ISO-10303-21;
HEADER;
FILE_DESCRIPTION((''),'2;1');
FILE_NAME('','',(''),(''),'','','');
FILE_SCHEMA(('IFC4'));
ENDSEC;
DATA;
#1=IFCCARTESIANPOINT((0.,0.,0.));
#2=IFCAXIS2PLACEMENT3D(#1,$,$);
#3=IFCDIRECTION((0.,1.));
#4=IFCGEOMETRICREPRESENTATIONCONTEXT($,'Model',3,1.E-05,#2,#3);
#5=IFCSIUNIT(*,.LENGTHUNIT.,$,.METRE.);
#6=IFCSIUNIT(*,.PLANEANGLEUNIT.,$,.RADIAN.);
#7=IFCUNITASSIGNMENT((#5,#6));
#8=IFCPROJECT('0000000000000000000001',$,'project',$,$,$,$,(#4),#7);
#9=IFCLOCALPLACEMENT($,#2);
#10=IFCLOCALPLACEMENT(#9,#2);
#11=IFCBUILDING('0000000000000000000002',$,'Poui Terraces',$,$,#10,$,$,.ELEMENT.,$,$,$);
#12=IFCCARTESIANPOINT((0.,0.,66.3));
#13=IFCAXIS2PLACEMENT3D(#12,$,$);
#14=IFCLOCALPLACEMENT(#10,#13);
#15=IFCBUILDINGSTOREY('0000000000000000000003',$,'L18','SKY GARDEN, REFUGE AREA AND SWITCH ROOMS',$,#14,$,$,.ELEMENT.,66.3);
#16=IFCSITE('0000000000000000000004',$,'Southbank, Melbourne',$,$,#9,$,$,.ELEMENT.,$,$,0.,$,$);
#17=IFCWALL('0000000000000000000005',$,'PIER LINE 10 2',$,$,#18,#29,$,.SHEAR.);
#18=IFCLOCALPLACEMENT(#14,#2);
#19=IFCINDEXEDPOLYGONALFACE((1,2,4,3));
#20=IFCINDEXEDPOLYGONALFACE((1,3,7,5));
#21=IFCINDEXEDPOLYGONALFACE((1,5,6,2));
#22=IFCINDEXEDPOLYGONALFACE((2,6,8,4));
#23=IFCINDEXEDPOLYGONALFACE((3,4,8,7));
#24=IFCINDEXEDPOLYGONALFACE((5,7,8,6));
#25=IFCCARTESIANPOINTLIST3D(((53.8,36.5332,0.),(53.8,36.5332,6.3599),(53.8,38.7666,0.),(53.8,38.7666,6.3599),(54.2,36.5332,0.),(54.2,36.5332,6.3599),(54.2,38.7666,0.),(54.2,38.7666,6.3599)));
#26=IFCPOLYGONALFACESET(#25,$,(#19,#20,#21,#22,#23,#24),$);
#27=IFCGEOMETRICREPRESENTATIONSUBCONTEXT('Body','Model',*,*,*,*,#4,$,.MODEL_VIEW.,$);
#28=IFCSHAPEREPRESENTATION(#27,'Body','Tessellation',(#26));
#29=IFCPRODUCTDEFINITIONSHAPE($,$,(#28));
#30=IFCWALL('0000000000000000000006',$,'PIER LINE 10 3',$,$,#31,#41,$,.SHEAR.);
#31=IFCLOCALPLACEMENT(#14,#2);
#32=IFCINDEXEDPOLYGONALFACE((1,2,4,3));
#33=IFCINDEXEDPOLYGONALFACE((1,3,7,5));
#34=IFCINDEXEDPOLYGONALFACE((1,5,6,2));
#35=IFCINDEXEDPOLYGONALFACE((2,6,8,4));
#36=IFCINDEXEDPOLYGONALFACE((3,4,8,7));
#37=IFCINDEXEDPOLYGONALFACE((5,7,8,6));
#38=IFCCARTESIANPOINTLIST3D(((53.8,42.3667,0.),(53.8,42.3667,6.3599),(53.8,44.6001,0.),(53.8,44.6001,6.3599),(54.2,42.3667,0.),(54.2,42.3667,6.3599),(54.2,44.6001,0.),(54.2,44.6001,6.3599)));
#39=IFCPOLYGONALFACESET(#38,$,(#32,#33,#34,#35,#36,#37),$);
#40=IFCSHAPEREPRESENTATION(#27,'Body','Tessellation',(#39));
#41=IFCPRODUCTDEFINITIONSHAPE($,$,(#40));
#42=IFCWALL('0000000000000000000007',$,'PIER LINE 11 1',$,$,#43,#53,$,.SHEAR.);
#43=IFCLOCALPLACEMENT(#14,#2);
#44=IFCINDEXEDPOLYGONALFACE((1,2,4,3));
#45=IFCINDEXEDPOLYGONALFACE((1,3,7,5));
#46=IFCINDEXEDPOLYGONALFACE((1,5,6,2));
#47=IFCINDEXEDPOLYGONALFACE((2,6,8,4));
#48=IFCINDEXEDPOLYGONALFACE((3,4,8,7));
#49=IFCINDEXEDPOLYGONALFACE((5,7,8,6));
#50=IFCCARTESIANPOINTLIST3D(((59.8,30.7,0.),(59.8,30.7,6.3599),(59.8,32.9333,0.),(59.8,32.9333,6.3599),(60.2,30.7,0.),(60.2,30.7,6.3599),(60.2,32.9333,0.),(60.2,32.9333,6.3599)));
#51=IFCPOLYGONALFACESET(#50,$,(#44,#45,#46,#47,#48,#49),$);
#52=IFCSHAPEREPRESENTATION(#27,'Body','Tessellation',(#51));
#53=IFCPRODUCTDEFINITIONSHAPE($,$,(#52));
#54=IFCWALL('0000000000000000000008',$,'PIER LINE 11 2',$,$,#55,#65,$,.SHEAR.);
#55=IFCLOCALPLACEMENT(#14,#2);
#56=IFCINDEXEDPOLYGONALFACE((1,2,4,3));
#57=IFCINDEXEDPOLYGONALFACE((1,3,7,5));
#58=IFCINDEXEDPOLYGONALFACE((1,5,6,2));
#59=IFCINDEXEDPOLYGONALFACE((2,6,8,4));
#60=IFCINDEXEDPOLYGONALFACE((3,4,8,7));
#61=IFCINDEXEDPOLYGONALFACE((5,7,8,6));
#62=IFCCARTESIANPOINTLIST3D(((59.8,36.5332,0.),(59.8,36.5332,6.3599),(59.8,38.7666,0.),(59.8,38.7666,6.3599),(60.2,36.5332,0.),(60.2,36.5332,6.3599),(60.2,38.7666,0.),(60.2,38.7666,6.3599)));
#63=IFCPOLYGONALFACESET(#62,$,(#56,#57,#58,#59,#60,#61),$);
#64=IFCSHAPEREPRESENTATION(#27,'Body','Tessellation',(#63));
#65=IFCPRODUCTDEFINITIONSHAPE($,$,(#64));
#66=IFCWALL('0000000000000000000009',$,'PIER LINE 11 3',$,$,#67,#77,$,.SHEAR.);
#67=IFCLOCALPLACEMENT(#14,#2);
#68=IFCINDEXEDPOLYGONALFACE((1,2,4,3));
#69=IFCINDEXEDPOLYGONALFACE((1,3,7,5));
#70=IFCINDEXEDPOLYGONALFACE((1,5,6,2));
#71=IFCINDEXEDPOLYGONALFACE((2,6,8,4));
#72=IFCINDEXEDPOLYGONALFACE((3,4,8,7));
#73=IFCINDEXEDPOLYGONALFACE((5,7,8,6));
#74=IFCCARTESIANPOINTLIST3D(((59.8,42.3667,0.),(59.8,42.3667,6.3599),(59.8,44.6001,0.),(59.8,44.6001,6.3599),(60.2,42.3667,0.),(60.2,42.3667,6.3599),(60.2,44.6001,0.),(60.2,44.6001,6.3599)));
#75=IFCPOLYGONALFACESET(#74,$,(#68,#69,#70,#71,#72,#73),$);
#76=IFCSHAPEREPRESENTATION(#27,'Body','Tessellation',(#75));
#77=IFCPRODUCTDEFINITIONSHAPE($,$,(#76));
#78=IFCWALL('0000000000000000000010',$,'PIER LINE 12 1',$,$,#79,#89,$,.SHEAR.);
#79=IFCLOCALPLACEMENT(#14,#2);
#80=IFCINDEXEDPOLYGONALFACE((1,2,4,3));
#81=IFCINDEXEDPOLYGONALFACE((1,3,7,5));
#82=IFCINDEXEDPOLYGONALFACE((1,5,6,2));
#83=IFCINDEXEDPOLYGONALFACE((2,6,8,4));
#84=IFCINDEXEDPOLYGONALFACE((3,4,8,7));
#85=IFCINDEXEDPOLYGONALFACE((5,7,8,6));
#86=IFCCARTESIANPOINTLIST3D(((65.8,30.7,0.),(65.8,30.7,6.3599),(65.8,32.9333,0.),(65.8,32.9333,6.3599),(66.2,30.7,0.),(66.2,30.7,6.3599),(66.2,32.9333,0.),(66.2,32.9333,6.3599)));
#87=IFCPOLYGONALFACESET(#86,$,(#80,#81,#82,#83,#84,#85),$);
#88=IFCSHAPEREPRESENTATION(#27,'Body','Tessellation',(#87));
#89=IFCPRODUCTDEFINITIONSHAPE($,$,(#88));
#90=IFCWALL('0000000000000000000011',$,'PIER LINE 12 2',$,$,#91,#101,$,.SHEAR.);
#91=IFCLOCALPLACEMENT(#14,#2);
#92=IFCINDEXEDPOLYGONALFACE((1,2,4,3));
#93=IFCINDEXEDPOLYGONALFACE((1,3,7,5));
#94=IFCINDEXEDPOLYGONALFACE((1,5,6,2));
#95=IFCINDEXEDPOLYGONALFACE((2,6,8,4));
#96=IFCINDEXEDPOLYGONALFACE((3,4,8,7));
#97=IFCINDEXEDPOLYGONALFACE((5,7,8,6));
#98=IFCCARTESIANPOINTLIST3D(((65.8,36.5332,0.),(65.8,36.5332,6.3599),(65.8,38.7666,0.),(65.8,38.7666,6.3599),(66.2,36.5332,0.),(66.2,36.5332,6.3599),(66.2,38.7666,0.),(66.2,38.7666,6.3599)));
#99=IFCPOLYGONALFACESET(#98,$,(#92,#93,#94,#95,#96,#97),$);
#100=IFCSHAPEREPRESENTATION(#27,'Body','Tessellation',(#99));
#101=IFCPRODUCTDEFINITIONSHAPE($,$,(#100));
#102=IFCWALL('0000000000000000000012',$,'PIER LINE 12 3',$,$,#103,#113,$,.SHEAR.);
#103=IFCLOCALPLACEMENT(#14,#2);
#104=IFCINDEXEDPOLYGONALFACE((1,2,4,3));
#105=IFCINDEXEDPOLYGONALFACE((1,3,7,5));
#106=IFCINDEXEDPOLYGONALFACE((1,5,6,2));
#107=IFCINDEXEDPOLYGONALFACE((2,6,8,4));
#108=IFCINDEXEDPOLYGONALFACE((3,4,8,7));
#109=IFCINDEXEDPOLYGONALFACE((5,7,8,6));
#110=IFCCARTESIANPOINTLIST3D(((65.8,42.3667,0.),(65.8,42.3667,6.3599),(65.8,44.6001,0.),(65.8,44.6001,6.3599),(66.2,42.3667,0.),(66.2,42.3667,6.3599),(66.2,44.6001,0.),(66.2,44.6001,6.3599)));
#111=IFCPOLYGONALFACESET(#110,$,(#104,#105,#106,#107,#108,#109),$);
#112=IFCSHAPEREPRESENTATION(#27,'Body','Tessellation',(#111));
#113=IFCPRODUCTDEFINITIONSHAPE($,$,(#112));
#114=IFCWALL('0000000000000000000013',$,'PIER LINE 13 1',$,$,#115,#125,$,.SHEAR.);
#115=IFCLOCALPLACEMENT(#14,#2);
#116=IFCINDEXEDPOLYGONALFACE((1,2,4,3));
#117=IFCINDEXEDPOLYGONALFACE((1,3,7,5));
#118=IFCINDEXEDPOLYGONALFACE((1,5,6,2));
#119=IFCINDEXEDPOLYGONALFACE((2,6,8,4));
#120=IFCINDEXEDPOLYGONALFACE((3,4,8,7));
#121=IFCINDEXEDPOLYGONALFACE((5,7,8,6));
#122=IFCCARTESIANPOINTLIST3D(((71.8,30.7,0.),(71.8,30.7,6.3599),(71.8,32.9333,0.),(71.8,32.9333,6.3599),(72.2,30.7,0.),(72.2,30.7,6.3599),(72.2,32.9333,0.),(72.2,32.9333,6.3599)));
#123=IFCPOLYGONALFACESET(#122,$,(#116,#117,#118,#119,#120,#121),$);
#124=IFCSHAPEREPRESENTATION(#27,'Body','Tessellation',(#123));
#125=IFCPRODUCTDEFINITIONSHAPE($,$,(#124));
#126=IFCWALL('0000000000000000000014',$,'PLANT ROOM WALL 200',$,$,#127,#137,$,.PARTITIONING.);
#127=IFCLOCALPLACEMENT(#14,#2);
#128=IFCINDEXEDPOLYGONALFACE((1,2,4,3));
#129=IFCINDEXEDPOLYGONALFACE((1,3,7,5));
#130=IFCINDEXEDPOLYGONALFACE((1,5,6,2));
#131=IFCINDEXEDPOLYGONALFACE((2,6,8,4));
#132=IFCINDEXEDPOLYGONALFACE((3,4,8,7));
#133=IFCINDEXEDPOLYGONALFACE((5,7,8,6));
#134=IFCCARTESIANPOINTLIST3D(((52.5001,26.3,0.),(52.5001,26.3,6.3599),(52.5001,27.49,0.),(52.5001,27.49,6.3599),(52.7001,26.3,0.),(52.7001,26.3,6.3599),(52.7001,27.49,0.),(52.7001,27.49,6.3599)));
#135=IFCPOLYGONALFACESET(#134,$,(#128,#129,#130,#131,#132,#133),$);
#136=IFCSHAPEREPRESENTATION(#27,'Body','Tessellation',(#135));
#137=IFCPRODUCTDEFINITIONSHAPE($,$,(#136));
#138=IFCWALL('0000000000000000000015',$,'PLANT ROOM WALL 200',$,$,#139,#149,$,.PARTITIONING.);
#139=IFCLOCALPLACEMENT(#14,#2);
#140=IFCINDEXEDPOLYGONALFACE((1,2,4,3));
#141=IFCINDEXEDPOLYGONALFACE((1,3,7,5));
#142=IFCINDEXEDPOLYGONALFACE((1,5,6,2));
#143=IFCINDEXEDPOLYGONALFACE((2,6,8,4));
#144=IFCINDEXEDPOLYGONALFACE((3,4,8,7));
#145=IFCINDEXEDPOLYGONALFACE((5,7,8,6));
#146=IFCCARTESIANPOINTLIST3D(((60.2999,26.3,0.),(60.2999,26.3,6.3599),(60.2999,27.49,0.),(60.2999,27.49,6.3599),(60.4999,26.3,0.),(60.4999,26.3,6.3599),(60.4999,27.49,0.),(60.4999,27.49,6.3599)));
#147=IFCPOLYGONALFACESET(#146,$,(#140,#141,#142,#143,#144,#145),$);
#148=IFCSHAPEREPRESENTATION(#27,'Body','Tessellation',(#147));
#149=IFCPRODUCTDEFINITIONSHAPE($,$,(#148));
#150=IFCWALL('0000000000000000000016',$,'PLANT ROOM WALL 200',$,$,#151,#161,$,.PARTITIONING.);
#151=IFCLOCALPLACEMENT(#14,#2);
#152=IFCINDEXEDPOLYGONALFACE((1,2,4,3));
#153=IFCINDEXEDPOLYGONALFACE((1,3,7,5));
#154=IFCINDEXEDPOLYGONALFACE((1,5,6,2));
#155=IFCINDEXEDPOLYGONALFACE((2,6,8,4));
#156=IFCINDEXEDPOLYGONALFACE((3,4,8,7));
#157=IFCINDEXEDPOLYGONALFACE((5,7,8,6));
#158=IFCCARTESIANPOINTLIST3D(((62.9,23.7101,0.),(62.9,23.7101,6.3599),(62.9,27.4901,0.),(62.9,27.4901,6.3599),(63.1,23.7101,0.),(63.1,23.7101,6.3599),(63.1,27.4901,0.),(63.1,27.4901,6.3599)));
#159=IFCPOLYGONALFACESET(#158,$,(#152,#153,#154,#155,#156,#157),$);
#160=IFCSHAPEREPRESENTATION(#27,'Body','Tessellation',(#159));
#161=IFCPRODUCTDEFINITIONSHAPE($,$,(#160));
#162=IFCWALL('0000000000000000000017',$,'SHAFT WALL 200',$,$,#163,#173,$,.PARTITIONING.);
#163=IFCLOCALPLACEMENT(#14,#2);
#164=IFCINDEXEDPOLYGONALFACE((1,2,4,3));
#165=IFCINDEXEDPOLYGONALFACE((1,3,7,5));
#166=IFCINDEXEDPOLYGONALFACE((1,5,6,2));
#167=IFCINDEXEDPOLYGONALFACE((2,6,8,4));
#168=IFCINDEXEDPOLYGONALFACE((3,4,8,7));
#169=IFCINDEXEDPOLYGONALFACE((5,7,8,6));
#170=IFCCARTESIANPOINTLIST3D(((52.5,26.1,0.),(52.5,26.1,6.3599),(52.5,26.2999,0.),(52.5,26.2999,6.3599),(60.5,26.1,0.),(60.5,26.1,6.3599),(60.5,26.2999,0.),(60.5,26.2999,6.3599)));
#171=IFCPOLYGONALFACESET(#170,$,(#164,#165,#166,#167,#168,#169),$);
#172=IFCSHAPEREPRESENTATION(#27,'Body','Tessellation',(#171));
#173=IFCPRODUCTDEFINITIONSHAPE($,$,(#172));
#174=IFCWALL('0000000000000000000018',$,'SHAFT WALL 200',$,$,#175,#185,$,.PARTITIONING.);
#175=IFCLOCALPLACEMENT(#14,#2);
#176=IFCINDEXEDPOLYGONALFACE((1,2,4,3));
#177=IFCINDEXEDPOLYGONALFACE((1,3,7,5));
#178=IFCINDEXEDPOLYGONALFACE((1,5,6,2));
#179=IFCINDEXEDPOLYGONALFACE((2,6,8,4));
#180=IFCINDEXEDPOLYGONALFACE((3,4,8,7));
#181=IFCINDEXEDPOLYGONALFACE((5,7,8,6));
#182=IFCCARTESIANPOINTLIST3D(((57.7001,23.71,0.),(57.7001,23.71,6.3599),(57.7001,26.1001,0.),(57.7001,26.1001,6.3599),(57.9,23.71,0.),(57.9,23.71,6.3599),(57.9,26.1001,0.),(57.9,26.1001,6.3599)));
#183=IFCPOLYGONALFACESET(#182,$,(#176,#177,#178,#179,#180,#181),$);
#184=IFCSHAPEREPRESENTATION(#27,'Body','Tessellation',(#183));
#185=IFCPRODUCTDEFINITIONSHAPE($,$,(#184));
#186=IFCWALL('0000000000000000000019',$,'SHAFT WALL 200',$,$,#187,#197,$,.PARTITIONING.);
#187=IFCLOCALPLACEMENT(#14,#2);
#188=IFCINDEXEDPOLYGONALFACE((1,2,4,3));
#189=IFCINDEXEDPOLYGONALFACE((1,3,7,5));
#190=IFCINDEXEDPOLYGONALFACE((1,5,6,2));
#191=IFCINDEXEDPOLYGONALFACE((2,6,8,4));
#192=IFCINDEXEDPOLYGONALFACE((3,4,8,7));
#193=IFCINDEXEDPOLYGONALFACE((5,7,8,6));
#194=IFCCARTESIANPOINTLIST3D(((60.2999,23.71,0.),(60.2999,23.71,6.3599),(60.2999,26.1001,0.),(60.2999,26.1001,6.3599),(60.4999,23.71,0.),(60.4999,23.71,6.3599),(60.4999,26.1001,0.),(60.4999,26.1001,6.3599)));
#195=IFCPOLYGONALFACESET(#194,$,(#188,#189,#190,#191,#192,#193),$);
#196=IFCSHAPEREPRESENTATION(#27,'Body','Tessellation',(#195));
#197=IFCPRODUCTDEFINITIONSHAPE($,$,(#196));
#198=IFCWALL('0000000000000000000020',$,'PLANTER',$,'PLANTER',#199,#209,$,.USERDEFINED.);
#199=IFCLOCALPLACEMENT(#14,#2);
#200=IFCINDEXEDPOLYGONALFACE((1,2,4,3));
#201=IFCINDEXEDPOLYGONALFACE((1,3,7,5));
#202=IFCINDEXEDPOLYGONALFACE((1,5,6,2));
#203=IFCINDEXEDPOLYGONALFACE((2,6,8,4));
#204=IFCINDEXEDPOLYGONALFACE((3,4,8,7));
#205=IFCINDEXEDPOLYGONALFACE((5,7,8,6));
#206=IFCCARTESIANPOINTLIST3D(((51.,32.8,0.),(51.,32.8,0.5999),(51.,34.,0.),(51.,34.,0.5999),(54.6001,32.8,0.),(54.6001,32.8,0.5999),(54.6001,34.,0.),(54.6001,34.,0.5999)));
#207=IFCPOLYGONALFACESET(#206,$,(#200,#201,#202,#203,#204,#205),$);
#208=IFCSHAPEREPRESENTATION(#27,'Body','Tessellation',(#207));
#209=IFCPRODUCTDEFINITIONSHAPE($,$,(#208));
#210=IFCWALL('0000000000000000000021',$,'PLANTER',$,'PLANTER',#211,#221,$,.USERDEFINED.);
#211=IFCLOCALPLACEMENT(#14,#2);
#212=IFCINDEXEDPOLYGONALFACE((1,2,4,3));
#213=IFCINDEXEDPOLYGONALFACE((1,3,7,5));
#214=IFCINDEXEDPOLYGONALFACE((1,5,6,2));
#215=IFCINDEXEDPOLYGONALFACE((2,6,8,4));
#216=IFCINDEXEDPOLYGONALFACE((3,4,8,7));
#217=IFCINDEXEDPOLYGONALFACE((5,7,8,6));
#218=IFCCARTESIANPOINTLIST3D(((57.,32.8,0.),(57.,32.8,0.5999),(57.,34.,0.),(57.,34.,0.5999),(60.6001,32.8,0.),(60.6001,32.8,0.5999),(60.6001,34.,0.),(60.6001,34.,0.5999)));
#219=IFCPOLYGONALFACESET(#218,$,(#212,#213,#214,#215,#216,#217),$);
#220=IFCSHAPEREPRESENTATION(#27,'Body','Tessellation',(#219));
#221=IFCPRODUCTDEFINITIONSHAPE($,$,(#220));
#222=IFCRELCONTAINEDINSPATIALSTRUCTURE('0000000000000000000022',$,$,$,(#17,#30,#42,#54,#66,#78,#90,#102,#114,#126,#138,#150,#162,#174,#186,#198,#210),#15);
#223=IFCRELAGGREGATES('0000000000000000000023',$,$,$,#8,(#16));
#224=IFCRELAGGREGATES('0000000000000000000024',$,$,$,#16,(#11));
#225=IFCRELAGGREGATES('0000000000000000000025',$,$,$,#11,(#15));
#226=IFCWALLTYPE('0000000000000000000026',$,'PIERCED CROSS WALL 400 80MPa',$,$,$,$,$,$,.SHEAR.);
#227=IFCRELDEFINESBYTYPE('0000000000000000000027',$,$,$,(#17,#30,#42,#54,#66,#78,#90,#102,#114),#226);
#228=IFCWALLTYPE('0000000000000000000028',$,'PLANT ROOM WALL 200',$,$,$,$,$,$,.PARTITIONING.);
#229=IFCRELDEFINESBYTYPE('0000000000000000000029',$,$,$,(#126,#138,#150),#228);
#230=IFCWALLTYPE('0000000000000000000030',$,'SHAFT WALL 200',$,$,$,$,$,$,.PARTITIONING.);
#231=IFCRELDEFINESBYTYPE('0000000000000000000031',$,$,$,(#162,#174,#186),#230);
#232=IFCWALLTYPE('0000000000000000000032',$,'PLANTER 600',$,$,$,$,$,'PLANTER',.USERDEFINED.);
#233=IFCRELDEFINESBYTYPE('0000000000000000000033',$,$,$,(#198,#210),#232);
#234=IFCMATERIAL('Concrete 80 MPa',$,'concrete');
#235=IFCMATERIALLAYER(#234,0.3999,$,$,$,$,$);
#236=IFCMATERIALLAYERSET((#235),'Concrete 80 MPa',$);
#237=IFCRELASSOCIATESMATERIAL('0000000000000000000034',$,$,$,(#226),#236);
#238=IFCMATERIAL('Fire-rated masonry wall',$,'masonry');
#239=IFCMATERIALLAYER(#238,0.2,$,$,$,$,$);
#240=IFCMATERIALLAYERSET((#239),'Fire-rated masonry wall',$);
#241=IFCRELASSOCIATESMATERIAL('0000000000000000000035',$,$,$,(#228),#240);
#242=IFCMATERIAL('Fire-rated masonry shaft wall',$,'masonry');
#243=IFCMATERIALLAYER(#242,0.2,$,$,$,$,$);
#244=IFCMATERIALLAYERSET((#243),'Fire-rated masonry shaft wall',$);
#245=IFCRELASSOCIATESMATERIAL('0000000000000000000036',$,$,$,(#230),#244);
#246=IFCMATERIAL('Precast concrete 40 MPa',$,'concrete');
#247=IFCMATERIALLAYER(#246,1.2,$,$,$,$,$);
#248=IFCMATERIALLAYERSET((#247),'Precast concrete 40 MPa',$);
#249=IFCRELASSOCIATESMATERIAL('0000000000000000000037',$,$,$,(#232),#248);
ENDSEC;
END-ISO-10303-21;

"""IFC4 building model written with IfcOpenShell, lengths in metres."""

from ifc_helpers import new_model, si_unit, direction, frame, frame_2d, origin, place, context, subcontext, project, spatial, polyline, rectangle, outline, extrude, source, transform, mapped, material, layer, layer_set, type_object, element, save


model = new_model("IFC4")

# Units and contexts
model_context = context("Model", 3, precision=1e-05, world=origin(), true_north=direction((0.0, 1.0)))
body_context = subcontext(model_context, "Body", "Model", "MODEL_VIEW")
ifc_project = project(units=[si_unit("LENGTHUNIT", "METRE"), si_unit("PLANEANGLEUNIT", "RADIAN")], contexts=[model_context])

# Site, building, storey
site_placement = place(None, origin())
site = spatial("IfcSite", under=ifc_project, at=site_placement, Name="Southbank, Melbourne", CompositionType="ELEMENT", RefElevation=0.0)
building_placement = place(site_placement, origin())
building = spatial("IfcBuilding", under=site, at=building_placement, Name="Poui Terraces", CompositionType="ELEMENT")
storey_placement = place(building_placement, frame((0.0, 0.0, 66.3)))
storey = spatial("IfcBuildingStorey", under=building, at=storey_placement, Name="L18", Description="SKY GARDEN, REFUGE AREA AND SWITCH ROOMS", CompositionType="ELEMENT", Elevation=66.3)

# Shared definitions
ifc_material_1 = material(Name="Concrete 80 MPa", Category="concrete")

# Walls
ifc_layer_1 = layer(ifc_material_1, 0.3999)
ifc_layer_set_1 = layer_set([ifc_layer_1], Name="Concrete 80 MPa")
wall_type_1 = type_object("IfcWallType", Name="PIERCED CROSS WALL 400 80MPa", PredefinedType="SHEAR", material=ifc_layer_set_1)
for number, where, z_axis, x_axis, name in (
    (1, (54.0, 36.5332, 0.0), (0.0, 0.0, 1.0), (0.0, 1.0, 0.0), "PIER LINE 10 2"),
    (2, (54.0, 42.3667, 0.0), (0.0, 0.0, 1.0), (0.0, 1.0, 0.0), "PIER LINE 10 3"),
    (3, (60.0, 30.7, 0.0), (0.0, 0.0, 1.0), (0.0, 1.0, 0.0), "PIER LINE 11 1"),
    (4, (60.0, 36.5332, 0.0), (0.0, 0.0, 1.0), (0.0, 1.0, 0.0), "PIER LINE 11 2"),
    (5, (60.0, 42.3667, 0.0), (0.0, 0.0, 1.0), (0.0, 1.0, 0.0), "PIER LINE 11 3"),
    (6, (66.0, 30.7, 0.0), (0.0, 0.0, 1.0), (0.0, 1.0, 0.0), "PIER LINE 12 1"),
    (7, (66.0, 36.5332, 0.0), (0.0, 0.0, 1.0), (0.0, 1.0, 0.0), "PIER LINE 12 2"),
    (8, (66.0, 42.3667, 0.0), (0.0, 0.0, 1.0), (0.0, 1.0, 0.0), "PIER LINE 12 3"),
    (9, (72.0, 30.7, 0.0), (0.0, 0.0, 1.0), (0.0, 1.0, 0.0), "PIER LINE 13 1"),
):
    element("IfcWall", number, at=place(storey_placement, frame(where, z_axis=z_axis, x_axis=x_axis)), inside=storey, type_object=wall_type_1, Name=name, PredefinedType="SHEAR", context=body_context, shape_type="SweptSolid", body=[
        extrude(rectangle(XDim=2.2334, YDim=0.3999, at=frame_2d((1.1167, 0.0))), origin(), (0.0, 0.0, 1.0), 6.3599),
    ])
ifc_material_2 = material(Name="Fire-rated masonry wall", Category="masonry")
ifc_layer_2 = layer(ifc_material_2, 0.2)
ifc_layer_set_2 = layer_set([ifc_layer_2], Name="Fire-rated masonry wall")
wall_type_2 = type_object("IfcWallType", Name="PLANT ROOM WALL 200", PredefinedType="PARTITIONING", material=ifc_layer_set_2)
for number, where, z_axis, x_axis, name in (
    (10, (52.6001, 26.3, 0.0), (0.0, 0.0, 1.0), (0.0, 1.0, 0.0), "PLANT ROOM WALL 200"),
    (11, (60.3999, 26.3, 0.0), (0.0, 0.0, 1.0), (0.0, 1.0, 0.0), "PLANT ROOM WALL 200"),
):
    element("IfcWall", number, at=place(storey_placement, frame(where, z_axis=z_axis, x_axis=x_axis)), inside=storey, type_object=wall_type_2, Name=name, PredefinedType="PARTITIONING", context=body_context, shape_type="SweptSolid", body=[
        extrude(rectangle(XDim=1.1899, YDim=0.2, at=frame_2d((0.595, 0.0))), origin(), (0.0, 0.0, 1.0), 6.3599),
    ])
wall_1_placement = place(storey_placement, frame((63.0, 23.71, 0.0), z_axis=(0.0, 0.0, 1.0), x_axis=(0.0, 1.0, 0.0)))
element("IfcWall", 12, at=wall_1_placement, inside=storey, type_object=wall_type_2, Name="PLANT ROOM WALL 200", PredefinedType="PARTITIONING", context=body_context, shape_type="SweptSolid", body=[
    extrude(rectangle(XDim=3.78, YDim=0.2, at=frame_2d((1.8901, 0.0))), origin(), (0.0, 0.0, 1.0), 6.3599),
])
ifc_material_3 = material(Name="Fire-rated masonry shaft wall", Category="masonry")
ifc_layer_3 = layer(ifc_material_3, 0.2)
ifc_layer_set_3 = layer_set([ifc_layer_3], Name="Fire-rated masonry shaft wall")
wall_type_3 = type_object("IfcWallType", Name="SHAFT WALL 200", PredefinedType="PARTITIONING", material=ifc_layer_set_3)
wall_2_placement = place(storey_placement, frame((52.5, 26.2, 0.0), z_axis=(0.0, 0.0, 1.0), x_axis=(1.0, 0.0, 0.0)))
element("IfcWall", 13, at=wall_2_placement, inside=storey, type_object=wall_type_3, Name="SHAFT WALL 200", PredefinedType="PARTITIONING", context=body_context, shape_type="SweptSolid", body=[
    extrude(rectangle(XDim=8.0, YDim=0.2, at=frame_2d((4.0, 0.0))), origin(), (0.0, 0.0, 1.0), 6.3599),
])
for number, where, z_axis, x_axis, name in (
    (14, (57.8, 23.71, 0.0), (0.0, 0.0, 1.0), (0.0, 1.0, 0.0), "SHAFT WALL 200"),
    (15, (60.3999, 23.71, 0.0), (0.0, 0.0, 1.0), (0.0, 1.0, 0.0), "SHAFT WALL 200"),
):
    element("IfcWall", number, at=place(storey_placement, frame(where, z_axis=z_axis, x_axis=x_axis)), inside=storey, type_object=wall_type_3, Name=name, PredefinedType="PARTITIONING", context=body_context, shape_type="SweptSolid", body=[
        extrude(rectangle(XDim=2.3901, YDim=0.2, at=frame_2d((1.1951, 0.0))), origin(), (0.0, 0.0, 1.0), 6.3599),
    ])
ifc_material_4 = material(Name="Precast concrete 40 MPa", Category="concrete")
ifc_layer_4 = layer(ifc_material_4, 1.2)
ifc_layer_set_4 = layer_set([ifc_layer_4], Name="Precast concrete 40 MPa")
wall_type_4 = type_object("IfcWallType", Name="PLANTER 600", ElementType="PLANTER", PredefinedType="USERDEFINED", material=ifc_layer_set_4)
shared_shape_1 = source(origin(), body_context, "Body", "SweptSolid", [
    extrude(outline(polyline([(0.0, 0.0), (3.6001, 0.0), (3.6001, 1.2), (0.0, 1.2), (0.0, 0.0)])), origin(), (0.0, 0.0, 1.0), 0.5999),
])
for number, where, name in (
    (16, (51.0, 32.8, 0.0), "PLANTER"),
    (17, (57.0, 32.8, 0.0), "PLANTER"),
):
    element("IfcWall", number, at=place(storey_placement, frame(where)), inside=storey, type_object=wall_type_4, Name=name, ObjectType="PLANTER", PredefinedType="USERDEFINED", context=body_context, shape_type="MappedRepresentation", body=[
        mapped(shared_shape_1, transform((0.0, 0.0, 0.0))),
    ])

save(model, "model.ifc")
